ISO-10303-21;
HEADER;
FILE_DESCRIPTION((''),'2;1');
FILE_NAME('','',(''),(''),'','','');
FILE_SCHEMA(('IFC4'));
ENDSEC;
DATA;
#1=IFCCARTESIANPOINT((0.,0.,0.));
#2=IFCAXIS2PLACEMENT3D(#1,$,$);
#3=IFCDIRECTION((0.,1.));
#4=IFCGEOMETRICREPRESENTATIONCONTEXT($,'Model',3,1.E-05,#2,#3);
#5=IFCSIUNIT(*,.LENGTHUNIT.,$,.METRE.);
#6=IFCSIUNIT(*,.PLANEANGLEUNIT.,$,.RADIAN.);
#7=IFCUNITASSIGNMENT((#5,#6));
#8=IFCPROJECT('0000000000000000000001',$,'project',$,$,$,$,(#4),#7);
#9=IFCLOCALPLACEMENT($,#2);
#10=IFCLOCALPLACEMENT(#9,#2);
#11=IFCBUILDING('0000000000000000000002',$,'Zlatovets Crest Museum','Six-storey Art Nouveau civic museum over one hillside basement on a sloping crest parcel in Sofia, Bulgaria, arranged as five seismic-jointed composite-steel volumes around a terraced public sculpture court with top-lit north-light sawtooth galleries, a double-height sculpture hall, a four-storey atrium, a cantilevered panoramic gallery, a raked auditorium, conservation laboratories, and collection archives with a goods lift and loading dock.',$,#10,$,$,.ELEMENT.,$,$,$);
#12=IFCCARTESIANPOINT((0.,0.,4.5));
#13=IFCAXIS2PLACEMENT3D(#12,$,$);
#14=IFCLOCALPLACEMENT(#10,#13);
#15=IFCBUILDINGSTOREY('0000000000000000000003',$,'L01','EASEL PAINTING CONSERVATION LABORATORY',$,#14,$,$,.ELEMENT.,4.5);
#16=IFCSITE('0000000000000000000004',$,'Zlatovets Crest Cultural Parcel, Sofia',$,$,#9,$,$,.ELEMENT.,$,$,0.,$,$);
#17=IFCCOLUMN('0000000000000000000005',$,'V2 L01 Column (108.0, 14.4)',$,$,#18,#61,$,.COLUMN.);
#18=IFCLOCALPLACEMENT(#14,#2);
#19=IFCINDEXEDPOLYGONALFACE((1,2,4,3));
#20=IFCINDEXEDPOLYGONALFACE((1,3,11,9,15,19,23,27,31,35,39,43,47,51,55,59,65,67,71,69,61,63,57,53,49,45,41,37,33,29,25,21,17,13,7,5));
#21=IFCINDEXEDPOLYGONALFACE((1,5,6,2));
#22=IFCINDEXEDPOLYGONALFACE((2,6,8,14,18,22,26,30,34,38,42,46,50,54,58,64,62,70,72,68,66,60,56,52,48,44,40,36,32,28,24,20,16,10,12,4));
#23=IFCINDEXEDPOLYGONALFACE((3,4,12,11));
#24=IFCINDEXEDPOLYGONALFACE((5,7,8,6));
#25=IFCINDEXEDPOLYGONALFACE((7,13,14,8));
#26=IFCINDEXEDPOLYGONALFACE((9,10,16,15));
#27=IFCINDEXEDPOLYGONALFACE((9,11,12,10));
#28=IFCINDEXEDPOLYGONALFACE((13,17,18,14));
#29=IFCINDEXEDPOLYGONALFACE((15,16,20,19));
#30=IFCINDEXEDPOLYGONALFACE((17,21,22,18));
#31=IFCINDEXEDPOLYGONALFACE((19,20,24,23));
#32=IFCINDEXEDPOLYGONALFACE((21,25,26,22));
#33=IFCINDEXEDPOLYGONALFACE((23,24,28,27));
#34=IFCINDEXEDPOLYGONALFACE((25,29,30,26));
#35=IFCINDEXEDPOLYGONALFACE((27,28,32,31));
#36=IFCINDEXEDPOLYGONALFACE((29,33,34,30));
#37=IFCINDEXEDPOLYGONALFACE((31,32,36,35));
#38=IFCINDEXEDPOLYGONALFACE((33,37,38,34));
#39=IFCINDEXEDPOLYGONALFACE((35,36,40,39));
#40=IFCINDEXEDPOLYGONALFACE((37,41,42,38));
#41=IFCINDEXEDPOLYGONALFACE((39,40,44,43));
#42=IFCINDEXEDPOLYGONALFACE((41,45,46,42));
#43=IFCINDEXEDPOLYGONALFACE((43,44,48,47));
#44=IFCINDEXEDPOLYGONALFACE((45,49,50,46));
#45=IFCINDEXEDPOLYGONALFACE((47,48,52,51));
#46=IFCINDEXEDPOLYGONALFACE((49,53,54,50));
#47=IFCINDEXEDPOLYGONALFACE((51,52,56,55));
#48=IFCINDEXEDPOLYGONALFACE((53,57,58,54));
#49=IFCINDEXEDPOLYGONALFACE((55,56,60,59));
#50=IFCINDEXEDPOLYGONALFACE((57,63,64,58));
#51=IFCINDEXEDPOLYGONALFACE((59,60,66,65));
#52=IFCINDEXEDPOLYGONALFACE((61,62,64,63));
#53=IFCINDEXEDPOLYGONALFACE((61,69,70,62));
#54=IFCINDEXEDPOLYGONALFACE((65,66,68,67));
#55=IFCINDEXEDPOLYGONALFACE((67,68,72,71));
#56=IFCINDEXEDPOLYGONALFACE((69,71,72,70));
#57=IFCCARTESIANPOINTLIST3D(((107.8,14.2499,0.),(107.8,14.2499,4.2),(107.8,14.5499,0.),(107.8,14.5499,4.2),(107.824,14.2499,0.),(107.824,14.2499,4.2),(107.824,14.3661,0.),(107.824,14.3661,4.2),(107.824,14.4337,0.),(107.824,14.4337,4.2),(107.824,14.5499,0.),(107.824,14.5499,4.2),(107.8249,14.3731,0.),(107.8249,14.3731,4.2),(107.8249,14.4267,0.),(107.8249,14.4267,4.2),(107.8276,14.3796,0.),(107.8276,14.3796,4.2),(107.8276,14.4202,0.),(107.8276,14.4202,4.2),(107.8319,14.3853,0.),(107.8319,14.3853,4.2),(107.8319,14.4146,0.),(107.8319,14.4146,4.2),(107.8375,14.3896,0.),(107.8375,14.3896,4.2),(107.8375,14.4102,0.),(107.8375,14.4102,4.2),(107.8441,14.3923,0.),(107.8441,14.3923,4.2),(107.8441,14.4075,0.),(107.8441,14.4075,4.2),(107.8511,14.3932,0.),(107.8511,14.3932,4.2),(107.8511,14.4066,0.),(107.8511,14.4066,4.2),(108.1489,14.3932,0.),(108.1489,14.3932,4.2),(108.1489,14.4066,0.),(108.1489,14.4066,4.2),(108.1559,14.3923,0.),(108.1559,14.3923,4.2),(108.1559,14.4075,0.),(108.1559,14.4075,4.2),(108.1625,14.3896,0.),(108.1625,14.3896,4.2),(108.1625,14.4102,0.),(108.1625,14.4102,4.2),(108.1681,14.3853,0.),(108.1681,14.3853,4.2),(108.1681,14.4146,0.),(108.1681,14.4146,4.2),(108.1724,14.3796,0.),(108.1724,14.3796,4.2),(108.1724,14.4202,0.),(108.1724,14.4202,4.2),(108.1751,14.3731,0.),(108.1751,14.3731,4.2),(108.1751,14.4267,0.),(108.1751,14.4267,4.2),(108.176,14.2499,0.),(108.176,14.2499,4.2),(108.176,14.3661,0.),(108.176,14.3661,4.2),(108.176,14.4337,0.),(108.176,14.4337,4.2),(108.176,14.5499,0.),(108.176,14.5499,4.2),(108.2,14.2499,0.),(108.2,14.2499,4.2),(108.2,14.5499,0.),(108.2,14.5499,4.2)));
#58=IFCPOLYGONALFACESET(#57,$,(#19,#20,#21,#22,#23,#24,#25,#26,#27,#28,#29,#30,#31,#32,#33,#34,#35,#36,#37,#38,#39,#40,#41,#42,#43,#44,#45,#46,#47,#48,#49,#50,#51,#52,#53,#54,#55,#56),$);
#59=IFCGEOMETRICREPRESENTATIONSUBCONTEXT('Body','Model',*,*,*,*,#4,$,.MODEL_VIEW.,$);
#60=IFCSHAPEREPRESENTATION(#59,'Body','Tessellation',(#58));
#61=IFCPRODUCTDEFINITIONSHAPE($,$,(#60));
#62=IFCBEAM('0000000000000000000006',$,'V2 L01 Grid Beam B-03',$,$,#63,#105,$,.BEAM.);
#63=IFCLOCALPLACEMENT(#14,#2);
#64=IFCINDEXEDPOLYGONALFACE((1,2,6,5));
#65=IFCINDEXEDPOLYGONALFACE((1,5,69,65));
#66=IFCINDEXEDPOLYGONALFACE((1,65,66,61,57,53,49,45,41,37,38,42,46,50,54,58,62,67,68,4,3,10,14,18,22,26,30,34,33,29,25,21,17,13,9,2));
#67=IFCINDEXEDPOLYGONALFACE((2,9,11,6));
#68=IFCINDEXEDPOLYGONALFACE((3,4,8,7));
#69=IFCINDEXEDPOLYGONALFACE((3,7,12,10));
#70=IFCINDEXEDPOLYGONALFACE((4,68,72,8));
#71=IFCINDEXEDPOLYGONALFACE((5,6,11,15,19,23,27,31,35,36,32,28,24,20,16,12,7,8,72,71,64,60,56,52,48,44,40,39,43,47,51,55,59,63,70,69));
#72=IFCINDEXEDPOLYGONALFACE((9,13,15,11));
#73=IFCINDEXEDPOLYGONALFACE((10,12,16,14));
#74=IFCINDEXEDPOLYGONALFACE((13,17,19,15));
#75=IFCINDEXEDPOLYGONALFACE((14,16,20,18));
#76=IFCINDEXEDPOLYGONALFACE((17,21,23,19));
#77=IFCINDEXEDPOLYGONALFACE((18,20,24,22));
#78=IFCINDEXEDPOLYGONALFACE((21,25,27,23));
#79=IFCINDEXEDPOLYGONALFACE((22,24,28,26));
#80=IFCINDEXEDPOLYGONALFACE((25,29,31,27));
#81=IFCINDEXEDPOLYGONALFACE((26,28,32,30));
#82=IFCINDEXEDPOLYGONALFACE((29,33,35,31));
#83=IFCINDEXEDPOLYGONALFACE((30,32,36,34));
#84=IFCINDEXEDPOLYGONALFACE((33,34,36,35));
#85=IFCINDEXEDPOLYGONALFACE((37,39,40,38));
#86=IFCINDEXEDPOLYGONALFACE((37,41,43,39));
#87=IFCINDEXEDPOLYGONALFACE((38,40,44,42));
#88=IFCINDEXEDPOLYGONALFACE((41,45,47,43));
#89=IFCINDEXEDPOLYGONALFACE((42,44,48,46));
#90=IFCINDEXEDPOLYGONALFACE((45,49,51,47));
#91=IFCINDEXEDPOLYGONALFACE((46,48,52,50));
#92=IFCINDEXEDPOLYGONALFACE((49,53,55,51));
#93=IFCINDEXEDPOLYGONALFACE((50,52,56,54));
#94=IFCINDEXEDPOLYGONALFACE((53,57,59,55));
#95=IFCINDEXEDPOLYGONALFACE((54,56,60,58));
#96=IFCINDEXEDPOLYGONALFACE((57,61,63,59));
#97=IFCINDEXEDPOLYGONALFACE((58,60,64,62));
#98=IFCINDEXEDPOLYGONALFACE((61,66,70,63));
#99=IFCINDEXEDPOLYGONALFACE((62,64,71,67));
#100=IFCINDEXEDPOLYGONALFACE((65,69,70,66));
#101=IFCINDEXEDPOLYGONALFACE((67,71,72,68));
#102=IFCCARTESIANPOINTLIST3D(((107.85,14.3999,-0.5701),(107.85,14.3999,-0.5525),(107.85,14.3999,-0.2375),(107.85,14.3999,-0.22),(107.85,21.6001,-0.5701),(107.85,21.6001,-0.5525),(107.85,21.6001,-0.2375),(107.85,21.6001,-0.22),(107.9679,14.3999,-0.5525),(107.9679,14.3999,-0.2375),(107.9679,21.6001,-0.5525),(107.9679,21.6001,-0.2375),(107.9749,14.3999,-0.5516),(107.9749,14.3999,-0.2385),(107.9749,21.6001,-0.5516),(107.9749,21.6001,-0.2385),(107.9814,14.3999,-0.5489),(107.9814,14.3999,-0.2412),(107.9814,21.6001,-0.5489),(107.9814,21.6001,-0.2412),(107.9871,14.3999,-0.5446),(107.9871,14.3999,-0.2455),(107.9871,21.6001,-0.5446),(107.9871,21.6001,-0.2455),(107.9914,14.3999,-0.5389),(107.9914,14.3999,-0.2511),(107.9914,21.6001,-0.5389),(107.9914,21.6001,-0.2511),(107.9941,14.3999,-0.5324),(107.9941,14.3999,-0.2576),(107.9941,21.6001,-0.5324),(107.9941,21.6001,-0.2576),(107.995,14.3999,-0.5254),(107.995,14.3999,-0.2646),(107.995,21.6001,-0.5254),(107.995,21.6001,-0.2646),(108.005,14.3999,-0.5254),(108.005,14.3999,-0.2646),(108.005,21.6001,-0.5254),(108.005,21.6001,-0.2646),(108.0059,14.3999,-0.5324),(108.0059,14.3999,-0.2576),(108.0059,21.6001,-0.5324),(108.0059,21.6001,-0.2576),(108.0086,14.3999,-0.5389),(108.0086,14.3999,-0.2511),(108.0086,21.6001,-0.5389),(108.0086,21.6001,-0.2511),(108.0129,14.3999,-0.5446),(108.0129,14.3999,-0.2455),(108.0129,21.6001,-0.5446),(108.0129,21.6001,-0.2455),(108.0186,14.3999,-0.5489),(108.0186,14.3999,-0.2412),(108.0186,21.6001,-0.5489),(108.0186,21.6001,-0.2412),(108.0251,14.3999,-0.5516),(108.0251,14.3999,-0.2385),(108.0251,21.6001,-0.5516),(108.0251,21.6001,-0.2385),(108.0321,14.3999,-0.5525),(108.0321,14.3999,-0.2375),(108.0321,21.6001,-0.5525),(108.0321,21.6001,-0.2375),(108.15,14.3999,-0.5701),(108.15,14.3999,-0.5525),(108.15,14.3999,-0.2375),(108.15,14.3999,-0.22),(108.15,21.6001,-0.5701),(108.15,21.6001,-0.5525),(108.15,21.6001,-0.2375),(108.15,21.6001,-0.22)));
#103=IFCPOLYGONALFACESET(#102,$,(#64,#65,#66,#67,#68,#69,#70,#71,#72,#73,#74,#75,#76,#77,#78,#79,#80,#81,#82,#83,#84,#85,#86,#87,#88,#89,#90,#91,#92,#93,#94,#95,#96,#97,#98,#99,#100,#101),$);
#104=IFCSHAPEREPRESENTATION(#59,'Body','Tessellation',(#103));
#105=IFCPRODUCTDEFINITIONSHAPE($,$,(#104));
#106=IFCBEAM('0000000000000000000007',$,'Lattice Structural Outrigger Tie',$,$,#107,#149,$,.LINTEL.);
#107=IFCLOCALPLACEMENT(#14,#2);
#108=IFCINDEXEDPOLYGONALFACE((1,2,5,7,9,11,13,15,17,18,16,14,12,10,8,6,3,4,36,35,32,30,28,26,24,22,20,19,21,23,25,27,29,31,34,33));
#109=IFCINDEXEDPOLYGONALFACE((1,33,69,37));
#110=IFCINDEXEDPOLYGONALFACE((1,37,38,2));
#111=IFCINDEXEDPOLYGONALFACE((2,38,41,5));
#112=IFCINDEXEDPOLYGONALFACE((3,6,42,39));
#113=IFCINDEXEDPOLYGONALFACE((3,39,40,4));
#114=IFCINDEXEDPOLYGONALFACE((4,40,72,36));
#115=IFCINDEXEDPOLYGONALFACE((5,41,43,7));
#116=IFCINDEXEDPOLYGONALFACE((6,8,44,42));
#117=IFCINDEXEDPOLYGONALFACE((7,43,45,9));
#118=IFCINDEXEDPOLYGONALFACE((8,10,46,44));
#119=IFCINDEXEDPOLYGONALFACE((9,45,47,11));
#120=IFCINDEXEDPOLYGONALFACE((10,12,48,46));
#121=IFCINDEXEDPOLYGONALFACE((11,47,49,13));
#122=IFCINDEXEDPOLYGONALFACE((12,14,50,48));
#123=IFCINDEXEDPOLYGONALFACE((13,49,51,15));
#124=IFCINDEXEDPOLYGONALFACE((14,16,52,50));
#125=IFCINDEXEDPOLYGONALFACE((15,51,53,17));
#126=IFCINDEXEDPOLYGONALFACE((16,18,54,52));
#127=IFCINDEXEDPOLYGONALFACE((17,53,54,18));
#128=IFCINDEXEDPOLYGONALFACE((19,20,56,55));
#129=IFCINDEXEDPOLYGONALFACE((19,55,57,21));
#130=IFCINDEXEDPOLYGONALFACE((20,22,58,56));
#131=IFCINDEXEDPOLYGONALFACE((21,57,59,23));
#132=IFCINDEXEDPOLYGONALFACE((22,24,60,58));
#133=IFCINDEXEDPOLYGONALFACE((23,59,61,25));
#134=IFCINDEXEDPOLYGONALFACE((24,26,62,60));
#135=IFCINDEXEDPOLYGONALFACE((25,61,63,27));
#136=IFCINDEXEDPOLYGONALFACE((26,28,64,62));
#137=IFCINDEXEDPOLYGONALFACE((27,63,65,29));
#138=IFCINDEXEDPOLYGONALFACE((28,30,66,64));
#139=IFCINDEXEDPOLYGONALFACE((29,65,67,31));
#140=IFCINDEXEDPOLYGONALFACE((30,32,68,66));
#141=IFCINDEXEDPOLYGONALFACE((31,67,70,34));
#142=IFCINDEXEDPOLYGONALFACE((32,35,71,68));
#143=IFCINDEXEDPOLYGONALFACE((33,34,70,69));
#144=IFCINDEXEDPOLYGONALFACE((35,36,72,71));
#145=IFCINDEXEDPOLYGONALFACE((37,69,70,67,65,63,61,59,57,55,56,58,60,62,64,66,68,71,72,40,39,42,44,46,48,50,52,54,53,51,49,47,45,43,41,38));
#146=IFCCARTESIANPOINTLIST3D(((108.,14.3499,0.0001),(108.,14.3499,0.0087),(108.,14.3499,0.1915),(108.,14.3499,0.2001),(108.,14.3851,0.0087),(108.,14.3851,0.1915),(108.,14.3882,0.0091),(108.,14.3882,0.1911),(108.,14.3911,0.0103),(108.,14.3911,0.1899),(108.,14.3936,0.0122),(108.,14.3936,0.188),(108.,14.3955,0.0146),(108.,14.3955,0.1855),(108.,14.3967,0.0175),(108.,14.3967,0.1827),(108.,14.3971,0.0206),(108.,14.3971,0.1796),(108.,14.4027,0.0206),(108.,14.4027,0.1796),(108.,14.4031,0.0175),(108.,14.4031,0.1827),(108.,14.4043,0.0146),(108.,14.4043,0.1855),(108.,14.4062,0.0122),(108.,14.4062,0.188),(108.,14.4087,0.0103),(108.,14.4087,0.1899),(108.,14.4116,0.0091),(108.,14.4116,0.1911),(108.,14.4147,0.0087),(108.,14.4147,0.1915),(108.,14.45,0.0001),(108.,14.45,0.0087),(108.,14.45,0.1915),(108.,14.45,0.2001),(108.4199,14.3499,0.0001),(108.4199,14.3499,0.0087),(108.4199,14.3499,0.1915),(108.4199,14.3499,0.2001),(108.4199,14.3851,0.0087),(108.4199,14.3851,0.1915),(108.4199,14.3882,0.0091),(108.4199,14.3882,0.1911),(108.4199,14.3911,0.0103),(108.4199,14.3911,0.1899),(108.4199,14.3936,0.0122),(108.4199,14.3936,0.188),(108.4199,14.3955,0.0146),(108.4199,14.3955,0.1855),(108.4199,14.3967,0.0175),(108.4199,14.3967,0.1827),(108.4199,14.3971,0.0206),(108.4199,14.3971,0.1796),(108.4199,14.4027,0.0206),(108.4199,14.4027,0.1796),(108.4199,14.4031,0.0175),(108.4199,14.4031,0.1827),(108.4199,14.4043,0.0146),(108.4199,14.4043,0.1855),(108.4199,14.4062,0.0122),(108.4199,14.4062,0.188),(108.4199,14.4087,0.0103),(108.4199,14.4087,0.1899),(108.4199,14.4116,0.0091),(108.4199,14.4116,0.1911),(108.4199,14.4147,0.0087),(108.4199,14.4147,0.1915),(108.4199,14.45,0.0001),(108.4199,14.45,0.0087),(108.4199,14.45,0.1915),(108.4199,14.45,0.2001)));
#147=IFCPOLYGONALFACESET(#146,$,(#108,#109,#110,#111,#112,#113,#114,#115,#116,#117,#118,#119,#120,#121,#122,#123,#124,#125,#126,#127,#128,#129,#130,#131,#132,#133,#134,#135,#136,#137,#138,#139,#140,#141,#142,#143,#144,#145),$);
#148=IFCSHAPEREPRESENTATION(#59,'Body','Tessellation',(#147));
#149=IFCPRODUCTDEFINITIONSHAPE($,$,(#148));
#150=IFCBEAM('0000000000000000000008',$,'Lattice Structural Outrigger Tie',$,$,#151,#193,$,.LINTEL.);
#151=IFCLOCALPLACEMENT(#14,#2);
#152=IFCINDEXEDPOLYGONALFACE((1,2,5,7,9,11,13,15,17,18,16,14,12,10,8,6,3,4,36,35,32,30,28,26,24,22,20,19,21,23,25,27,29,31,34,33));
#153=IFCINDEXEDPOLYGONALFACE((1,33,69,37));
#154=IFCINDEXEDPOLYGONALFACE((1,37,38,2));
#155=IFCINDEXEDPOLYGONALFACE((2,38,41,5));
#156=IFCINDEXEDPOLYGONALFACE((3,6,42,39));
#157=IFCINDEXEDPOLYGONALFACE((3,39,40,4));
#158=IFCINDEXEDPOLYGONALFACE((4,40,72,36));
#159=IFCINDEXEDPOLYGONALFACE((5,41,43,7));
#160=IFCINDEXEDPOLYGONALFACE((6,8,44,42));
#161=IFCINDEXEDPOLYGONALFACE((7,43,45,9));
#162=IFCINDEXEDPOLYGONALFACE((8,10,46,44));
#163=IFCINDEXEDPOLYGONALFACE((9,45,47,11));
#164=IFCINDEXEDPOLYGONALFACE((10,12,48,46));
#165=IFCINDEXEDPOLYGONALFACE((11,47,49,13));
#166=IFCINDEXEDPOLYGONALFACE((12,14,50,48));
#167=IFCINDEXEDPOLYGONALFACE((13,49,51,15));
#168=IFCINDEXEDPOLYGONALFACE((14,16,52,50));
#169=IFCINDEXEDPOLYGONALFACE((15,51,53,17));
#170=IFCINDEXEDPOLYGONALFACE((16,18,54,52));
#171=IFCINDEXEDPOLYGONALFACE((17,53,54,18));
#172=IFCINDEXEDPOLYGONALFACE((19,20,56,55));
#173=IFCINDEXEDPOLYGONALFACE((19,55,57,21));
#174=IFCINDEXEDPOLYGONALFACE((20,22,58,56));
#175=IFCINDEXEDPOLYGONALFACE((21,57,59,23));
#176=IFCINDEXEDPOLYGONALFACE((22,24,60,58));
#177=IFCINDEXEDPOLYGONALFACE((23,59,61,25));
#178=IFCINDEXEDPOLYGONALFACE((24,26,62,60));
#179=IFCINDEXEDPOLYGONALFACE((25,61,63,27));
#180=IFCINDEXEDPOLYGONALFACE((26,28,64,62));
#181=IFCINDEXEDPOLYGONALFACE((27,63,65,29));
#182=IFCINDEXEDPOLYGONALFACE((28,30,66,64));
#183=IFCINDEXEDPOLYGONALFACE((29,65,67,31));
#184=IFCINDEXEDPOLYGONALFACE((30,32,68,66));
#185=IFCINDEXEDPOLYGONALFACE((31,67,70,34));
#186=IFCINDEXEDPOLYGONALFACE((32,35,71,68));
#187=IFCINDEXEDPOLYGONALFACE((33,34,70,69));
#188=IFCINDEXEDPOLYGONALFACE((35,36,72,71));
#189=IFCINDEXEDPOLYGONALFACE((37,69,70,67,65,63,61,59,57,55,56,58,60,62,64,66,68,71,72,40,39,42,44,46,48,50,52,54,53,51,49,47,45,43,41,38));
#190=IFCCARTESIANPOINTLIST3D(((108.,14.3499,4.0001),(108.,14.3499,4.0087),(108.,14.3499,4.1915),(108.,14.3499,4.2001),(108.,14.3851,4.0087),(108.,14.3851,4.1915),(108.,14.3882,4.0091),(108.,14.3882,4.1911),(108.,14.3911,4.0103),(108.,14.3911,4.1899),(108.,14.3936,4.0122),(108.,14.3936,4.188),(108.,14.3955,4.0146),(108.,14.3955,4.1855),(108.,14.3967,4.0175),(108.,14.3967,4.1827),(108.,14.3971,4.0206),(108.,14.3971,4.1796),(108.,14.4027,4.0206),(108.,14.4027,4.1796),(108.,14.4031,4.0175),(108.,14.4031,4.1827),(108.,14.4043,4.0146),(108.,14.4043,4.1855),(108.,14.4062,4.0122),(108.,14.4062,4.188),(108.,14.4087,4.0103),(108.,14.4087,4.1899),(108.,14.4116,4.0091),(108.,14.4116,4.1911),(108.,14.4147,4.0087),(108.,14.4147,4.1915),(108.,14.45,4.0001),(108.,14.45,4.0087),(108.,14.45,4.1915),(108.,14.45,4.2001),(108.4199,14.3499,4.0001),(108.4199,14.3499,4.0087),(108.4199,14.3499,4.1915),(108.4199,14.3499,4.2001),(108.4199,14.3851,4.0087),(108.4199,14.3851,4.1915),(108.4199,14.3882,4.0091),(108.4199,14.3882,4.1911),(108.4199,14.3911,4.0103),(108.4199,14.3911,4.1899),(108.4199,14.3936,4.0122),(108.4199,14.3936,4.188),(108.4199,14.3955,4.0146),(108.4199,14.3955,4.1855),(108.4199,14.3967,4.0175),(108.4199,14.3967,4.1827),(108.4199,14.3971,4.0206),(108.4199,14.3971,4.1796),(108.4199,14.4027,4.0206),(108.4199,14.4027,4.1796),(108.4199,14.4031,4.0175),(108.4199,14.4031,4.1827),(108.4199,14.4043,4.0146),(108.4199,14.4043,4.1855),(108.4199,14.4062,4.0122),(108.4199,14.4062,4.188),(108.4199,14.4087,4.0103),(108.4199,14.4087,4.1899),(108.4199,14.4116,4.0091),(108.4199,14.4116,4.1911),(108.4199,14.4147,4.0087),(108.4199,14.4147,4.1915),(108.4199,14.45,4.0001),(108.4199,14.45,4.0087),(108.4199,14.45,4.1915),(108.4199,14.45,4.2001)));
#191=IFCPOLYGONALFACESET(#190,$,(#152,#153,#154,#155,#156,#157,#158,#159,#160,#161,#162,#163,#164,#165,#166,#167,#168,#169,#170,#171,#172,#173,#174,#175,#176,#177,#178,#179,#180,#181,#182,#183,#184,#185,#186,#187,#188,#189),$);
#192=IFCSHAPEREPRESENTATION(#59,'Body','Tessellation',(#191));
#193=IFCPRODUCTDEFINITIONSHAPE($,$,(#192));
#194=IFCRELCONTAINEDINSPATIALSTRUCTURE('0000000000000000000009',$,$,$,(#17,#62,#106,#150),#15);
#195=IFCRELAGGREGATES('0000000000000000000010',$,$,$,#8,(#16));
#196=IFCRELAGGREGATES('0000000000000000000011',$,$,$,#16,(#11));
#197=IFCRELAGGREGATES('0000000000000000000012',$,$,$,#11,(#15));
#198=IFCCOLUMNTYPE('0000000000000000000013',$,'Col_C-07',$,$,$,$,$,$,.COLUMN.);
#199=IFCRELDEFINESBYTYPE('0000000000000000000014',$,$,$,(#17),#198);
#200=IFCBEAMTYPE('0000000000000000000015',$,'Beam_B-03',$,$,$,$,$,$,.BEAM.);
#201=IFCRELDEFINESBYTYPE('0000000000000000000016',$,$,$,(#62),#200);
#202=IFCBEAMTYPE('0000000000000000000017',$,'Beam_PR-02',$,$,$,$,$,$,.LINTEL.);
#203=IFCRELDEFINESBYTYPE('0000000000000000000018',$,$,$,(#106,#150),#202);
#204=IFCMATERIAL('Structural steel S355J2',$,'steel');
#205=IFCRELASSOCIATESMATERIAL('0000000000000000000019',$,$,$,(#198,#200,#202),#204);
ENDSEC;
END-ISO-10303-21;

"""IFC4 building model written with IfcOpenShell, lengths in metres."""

from ifc_helpers import new_model, si_unit, direction, frame, origin, origin_2d, place, context, subcontext, project, spatial, i_section, extrude, material, material_profile, profile_set, type_object, element, save


model = new_model("IFC4")

# Units and contexts
model_context = context("Model", 3, precision=1e-05, world=origin(), true_north=direction((0.0, 1.0)))
body_context = subcontext(model_context, "Body", "Model", "MODEL_VIEW")
ifc_project = project(units=[si_unit("LENGTHUNIT", "METRE"), si_unit("PLANEANGLEUNIT", "RADIAN")], contexts=[model_context])

# Site, building, storey
site_placement = place(None, origin())
site = spatial("IfcSite", under=ifc_project, at=site_placement, Name="Zlatovets Crest Cultural Parcel, Sofia", CompositionType="ELEMENT", RefElevation=0.0)
building_placement = place(site_placement, origin())
building = spatial("IfcBuilding", under=site, at=building_placement, Name="Zlatovets Crest Museum", Description="Six-storey Art Nouveau civic museum over one hillside basement on a sloping crest parcel in Sofia, Bulgaria, arranged as five seismic-jointed composite-steel volumes around a terraced public sculpture court with top-lit north-light sawtooth galleries, a double-height sculpture hall, a four-storey atrium, a cantilevered panoramic gallery, a raked auditorium, conservation laboratories, and collection archives with a goods lift and loading dock.", CompositionType="ELEMENT")
storey_placement = place(building_placement, frame((0.0, 0.0, 4.5)))
storey = spatial("IfcBuildingStorey", under=building, at=storey_placement, Name="L01", Description="EASEL PAINTING CONSERVATION LABORATORY", CompositionType="ELEMENT", Elevation=4.5)

# Column
ifc_material_1 = material(Name="Structural steel S355J2", Category="steel")
ifc_material_profile_1 = material_profile(ifc_material_1, i_section(OverallWidth=0.3, OverallDepth=0.3999, WebThickness=0.0134, FlangeThickness=0.0239, FilletRadius=0.0271, at=origin_2d()), Name="HEB 400")
ifc_profile_set_1 = profile_set([ifc_material_profile_1], Name="Structural steel S355J2")
column_type = type_object("IfcColumnType", Name="Col_C-07", PredefinedType="COLUMN", material=ifc_profile_set_1)
column_placement = place(storey_placement, frame((108.0, 14.3999, 0.0), z_axis=(0.0, 0.0, 1.0), x_axis=(0.0, 1.0, 0.0)))
element("IfcColumn", 1, at=column_placement, inside=storey, type_object=column_type, Name="V2 L01 Column (108.0, 14.4)", PredefinedType="COLUMN", context=body_context, shape_type="SweptSolid", body=[
    extrude(i_section(OverallWidth=0.3, OverallDepth=0.3999, WebThickness=0.0134, FlangeThickness=0.0239, FilletRadius=0.0271, at=origin_2d()), origin(), (0.0, 0.0, 1.0), 4.2),
])

# Beams
ifc_material_profile_2 = material_profile(ifc_material_1, i_section(OverallWidth=0.3, OverallDepth=0.3501, WebThickness=0.01, FlangeThickness=0.0176, FilletRadius=0.0271, at=origin_2d()), Name="HEA 360")
ifc_profile_set_2 = profile_set([ifc_material_profile_2], Name="Structural steel S355J2")
beam_type_1 = type_object("IfcBeamType", Name="Beam_B-03", PredefinedType="BEAM", material=ifc_profile_set_2)
beam_1_placement = place(storey_placement, frame((108.0, 14.3999, -0.395), z_axis=(0.0, 1.0, 0.0), x_axis=(-1.0, 0.0, 0.0)))
element("IfcBeam", 2, at=beam_1_placement, inside=storey, type_object=beam_type_1, Name="V2 L01 Grid Beam B-03", PredefinedType="BEAM", context=body_context, shape_type="SweptSolid", body=[
    extrude(i_section(OverallWidth=0.3, OverallDepth=0.3501, WebThickness=0.01, FlangeThickness=0.0176, FilletRadius=0.0271, at=origin_2d()), origin(), (0.0, 0.0, 1.0), 7.2002),
])
ifc_material_profile_3 = material_profile(ifc_material_1, i_section(OverallWidth=0.1001, OverallDepth=0.2, WebThickness=0.0056, FlangeThickness=0.0085, FilletRadius=0.012, at=origin_2d()), Name="IPE 200")
ifc_profile_set_3 = profile_set([ifc_material_profile_3], Name="Structural steel S355J2")
beam_type_2 = type_object("IfcBeamType", Name="Beam_PR-02", PredefinedType="LINTEL", material=ifc_profile_set_3)
for number, where, z_axis, x_axis, name in (
    (3, (108.0, 14.3999, 0.1001), (1.0, 0.0, 0.0), (0.0, 1.0, 0.0), "Lattice Structural Outrigger Tie"),
    (4, (108.0, 14.3999, 4.1001), (1.0, 0.0, 0.0), (0.0, 1.0, 0.0), "Lattice Structural Outrigger Tie"),
):
    element("IfcBeam", number, at=place(storey_placement, frame(where, z_axis=z_axis, x_axis=x_axis)), inside=storey, type_object=beam_type_2, Name=name, PredefinedType="LINTEL", context=body_context, shape_type="SweptSolid", body=[
        extrude(i_section(OverallWidth=0.1001, OverallDepth=0.2, WebThickness=0.0056, FlangeThickness=0.0085, FilletRadius=0.012, at=origin_2d()), origin(), (0.0, 0.0, 1.0), 0.4199),
    ])

save(model, "model.ifc")
